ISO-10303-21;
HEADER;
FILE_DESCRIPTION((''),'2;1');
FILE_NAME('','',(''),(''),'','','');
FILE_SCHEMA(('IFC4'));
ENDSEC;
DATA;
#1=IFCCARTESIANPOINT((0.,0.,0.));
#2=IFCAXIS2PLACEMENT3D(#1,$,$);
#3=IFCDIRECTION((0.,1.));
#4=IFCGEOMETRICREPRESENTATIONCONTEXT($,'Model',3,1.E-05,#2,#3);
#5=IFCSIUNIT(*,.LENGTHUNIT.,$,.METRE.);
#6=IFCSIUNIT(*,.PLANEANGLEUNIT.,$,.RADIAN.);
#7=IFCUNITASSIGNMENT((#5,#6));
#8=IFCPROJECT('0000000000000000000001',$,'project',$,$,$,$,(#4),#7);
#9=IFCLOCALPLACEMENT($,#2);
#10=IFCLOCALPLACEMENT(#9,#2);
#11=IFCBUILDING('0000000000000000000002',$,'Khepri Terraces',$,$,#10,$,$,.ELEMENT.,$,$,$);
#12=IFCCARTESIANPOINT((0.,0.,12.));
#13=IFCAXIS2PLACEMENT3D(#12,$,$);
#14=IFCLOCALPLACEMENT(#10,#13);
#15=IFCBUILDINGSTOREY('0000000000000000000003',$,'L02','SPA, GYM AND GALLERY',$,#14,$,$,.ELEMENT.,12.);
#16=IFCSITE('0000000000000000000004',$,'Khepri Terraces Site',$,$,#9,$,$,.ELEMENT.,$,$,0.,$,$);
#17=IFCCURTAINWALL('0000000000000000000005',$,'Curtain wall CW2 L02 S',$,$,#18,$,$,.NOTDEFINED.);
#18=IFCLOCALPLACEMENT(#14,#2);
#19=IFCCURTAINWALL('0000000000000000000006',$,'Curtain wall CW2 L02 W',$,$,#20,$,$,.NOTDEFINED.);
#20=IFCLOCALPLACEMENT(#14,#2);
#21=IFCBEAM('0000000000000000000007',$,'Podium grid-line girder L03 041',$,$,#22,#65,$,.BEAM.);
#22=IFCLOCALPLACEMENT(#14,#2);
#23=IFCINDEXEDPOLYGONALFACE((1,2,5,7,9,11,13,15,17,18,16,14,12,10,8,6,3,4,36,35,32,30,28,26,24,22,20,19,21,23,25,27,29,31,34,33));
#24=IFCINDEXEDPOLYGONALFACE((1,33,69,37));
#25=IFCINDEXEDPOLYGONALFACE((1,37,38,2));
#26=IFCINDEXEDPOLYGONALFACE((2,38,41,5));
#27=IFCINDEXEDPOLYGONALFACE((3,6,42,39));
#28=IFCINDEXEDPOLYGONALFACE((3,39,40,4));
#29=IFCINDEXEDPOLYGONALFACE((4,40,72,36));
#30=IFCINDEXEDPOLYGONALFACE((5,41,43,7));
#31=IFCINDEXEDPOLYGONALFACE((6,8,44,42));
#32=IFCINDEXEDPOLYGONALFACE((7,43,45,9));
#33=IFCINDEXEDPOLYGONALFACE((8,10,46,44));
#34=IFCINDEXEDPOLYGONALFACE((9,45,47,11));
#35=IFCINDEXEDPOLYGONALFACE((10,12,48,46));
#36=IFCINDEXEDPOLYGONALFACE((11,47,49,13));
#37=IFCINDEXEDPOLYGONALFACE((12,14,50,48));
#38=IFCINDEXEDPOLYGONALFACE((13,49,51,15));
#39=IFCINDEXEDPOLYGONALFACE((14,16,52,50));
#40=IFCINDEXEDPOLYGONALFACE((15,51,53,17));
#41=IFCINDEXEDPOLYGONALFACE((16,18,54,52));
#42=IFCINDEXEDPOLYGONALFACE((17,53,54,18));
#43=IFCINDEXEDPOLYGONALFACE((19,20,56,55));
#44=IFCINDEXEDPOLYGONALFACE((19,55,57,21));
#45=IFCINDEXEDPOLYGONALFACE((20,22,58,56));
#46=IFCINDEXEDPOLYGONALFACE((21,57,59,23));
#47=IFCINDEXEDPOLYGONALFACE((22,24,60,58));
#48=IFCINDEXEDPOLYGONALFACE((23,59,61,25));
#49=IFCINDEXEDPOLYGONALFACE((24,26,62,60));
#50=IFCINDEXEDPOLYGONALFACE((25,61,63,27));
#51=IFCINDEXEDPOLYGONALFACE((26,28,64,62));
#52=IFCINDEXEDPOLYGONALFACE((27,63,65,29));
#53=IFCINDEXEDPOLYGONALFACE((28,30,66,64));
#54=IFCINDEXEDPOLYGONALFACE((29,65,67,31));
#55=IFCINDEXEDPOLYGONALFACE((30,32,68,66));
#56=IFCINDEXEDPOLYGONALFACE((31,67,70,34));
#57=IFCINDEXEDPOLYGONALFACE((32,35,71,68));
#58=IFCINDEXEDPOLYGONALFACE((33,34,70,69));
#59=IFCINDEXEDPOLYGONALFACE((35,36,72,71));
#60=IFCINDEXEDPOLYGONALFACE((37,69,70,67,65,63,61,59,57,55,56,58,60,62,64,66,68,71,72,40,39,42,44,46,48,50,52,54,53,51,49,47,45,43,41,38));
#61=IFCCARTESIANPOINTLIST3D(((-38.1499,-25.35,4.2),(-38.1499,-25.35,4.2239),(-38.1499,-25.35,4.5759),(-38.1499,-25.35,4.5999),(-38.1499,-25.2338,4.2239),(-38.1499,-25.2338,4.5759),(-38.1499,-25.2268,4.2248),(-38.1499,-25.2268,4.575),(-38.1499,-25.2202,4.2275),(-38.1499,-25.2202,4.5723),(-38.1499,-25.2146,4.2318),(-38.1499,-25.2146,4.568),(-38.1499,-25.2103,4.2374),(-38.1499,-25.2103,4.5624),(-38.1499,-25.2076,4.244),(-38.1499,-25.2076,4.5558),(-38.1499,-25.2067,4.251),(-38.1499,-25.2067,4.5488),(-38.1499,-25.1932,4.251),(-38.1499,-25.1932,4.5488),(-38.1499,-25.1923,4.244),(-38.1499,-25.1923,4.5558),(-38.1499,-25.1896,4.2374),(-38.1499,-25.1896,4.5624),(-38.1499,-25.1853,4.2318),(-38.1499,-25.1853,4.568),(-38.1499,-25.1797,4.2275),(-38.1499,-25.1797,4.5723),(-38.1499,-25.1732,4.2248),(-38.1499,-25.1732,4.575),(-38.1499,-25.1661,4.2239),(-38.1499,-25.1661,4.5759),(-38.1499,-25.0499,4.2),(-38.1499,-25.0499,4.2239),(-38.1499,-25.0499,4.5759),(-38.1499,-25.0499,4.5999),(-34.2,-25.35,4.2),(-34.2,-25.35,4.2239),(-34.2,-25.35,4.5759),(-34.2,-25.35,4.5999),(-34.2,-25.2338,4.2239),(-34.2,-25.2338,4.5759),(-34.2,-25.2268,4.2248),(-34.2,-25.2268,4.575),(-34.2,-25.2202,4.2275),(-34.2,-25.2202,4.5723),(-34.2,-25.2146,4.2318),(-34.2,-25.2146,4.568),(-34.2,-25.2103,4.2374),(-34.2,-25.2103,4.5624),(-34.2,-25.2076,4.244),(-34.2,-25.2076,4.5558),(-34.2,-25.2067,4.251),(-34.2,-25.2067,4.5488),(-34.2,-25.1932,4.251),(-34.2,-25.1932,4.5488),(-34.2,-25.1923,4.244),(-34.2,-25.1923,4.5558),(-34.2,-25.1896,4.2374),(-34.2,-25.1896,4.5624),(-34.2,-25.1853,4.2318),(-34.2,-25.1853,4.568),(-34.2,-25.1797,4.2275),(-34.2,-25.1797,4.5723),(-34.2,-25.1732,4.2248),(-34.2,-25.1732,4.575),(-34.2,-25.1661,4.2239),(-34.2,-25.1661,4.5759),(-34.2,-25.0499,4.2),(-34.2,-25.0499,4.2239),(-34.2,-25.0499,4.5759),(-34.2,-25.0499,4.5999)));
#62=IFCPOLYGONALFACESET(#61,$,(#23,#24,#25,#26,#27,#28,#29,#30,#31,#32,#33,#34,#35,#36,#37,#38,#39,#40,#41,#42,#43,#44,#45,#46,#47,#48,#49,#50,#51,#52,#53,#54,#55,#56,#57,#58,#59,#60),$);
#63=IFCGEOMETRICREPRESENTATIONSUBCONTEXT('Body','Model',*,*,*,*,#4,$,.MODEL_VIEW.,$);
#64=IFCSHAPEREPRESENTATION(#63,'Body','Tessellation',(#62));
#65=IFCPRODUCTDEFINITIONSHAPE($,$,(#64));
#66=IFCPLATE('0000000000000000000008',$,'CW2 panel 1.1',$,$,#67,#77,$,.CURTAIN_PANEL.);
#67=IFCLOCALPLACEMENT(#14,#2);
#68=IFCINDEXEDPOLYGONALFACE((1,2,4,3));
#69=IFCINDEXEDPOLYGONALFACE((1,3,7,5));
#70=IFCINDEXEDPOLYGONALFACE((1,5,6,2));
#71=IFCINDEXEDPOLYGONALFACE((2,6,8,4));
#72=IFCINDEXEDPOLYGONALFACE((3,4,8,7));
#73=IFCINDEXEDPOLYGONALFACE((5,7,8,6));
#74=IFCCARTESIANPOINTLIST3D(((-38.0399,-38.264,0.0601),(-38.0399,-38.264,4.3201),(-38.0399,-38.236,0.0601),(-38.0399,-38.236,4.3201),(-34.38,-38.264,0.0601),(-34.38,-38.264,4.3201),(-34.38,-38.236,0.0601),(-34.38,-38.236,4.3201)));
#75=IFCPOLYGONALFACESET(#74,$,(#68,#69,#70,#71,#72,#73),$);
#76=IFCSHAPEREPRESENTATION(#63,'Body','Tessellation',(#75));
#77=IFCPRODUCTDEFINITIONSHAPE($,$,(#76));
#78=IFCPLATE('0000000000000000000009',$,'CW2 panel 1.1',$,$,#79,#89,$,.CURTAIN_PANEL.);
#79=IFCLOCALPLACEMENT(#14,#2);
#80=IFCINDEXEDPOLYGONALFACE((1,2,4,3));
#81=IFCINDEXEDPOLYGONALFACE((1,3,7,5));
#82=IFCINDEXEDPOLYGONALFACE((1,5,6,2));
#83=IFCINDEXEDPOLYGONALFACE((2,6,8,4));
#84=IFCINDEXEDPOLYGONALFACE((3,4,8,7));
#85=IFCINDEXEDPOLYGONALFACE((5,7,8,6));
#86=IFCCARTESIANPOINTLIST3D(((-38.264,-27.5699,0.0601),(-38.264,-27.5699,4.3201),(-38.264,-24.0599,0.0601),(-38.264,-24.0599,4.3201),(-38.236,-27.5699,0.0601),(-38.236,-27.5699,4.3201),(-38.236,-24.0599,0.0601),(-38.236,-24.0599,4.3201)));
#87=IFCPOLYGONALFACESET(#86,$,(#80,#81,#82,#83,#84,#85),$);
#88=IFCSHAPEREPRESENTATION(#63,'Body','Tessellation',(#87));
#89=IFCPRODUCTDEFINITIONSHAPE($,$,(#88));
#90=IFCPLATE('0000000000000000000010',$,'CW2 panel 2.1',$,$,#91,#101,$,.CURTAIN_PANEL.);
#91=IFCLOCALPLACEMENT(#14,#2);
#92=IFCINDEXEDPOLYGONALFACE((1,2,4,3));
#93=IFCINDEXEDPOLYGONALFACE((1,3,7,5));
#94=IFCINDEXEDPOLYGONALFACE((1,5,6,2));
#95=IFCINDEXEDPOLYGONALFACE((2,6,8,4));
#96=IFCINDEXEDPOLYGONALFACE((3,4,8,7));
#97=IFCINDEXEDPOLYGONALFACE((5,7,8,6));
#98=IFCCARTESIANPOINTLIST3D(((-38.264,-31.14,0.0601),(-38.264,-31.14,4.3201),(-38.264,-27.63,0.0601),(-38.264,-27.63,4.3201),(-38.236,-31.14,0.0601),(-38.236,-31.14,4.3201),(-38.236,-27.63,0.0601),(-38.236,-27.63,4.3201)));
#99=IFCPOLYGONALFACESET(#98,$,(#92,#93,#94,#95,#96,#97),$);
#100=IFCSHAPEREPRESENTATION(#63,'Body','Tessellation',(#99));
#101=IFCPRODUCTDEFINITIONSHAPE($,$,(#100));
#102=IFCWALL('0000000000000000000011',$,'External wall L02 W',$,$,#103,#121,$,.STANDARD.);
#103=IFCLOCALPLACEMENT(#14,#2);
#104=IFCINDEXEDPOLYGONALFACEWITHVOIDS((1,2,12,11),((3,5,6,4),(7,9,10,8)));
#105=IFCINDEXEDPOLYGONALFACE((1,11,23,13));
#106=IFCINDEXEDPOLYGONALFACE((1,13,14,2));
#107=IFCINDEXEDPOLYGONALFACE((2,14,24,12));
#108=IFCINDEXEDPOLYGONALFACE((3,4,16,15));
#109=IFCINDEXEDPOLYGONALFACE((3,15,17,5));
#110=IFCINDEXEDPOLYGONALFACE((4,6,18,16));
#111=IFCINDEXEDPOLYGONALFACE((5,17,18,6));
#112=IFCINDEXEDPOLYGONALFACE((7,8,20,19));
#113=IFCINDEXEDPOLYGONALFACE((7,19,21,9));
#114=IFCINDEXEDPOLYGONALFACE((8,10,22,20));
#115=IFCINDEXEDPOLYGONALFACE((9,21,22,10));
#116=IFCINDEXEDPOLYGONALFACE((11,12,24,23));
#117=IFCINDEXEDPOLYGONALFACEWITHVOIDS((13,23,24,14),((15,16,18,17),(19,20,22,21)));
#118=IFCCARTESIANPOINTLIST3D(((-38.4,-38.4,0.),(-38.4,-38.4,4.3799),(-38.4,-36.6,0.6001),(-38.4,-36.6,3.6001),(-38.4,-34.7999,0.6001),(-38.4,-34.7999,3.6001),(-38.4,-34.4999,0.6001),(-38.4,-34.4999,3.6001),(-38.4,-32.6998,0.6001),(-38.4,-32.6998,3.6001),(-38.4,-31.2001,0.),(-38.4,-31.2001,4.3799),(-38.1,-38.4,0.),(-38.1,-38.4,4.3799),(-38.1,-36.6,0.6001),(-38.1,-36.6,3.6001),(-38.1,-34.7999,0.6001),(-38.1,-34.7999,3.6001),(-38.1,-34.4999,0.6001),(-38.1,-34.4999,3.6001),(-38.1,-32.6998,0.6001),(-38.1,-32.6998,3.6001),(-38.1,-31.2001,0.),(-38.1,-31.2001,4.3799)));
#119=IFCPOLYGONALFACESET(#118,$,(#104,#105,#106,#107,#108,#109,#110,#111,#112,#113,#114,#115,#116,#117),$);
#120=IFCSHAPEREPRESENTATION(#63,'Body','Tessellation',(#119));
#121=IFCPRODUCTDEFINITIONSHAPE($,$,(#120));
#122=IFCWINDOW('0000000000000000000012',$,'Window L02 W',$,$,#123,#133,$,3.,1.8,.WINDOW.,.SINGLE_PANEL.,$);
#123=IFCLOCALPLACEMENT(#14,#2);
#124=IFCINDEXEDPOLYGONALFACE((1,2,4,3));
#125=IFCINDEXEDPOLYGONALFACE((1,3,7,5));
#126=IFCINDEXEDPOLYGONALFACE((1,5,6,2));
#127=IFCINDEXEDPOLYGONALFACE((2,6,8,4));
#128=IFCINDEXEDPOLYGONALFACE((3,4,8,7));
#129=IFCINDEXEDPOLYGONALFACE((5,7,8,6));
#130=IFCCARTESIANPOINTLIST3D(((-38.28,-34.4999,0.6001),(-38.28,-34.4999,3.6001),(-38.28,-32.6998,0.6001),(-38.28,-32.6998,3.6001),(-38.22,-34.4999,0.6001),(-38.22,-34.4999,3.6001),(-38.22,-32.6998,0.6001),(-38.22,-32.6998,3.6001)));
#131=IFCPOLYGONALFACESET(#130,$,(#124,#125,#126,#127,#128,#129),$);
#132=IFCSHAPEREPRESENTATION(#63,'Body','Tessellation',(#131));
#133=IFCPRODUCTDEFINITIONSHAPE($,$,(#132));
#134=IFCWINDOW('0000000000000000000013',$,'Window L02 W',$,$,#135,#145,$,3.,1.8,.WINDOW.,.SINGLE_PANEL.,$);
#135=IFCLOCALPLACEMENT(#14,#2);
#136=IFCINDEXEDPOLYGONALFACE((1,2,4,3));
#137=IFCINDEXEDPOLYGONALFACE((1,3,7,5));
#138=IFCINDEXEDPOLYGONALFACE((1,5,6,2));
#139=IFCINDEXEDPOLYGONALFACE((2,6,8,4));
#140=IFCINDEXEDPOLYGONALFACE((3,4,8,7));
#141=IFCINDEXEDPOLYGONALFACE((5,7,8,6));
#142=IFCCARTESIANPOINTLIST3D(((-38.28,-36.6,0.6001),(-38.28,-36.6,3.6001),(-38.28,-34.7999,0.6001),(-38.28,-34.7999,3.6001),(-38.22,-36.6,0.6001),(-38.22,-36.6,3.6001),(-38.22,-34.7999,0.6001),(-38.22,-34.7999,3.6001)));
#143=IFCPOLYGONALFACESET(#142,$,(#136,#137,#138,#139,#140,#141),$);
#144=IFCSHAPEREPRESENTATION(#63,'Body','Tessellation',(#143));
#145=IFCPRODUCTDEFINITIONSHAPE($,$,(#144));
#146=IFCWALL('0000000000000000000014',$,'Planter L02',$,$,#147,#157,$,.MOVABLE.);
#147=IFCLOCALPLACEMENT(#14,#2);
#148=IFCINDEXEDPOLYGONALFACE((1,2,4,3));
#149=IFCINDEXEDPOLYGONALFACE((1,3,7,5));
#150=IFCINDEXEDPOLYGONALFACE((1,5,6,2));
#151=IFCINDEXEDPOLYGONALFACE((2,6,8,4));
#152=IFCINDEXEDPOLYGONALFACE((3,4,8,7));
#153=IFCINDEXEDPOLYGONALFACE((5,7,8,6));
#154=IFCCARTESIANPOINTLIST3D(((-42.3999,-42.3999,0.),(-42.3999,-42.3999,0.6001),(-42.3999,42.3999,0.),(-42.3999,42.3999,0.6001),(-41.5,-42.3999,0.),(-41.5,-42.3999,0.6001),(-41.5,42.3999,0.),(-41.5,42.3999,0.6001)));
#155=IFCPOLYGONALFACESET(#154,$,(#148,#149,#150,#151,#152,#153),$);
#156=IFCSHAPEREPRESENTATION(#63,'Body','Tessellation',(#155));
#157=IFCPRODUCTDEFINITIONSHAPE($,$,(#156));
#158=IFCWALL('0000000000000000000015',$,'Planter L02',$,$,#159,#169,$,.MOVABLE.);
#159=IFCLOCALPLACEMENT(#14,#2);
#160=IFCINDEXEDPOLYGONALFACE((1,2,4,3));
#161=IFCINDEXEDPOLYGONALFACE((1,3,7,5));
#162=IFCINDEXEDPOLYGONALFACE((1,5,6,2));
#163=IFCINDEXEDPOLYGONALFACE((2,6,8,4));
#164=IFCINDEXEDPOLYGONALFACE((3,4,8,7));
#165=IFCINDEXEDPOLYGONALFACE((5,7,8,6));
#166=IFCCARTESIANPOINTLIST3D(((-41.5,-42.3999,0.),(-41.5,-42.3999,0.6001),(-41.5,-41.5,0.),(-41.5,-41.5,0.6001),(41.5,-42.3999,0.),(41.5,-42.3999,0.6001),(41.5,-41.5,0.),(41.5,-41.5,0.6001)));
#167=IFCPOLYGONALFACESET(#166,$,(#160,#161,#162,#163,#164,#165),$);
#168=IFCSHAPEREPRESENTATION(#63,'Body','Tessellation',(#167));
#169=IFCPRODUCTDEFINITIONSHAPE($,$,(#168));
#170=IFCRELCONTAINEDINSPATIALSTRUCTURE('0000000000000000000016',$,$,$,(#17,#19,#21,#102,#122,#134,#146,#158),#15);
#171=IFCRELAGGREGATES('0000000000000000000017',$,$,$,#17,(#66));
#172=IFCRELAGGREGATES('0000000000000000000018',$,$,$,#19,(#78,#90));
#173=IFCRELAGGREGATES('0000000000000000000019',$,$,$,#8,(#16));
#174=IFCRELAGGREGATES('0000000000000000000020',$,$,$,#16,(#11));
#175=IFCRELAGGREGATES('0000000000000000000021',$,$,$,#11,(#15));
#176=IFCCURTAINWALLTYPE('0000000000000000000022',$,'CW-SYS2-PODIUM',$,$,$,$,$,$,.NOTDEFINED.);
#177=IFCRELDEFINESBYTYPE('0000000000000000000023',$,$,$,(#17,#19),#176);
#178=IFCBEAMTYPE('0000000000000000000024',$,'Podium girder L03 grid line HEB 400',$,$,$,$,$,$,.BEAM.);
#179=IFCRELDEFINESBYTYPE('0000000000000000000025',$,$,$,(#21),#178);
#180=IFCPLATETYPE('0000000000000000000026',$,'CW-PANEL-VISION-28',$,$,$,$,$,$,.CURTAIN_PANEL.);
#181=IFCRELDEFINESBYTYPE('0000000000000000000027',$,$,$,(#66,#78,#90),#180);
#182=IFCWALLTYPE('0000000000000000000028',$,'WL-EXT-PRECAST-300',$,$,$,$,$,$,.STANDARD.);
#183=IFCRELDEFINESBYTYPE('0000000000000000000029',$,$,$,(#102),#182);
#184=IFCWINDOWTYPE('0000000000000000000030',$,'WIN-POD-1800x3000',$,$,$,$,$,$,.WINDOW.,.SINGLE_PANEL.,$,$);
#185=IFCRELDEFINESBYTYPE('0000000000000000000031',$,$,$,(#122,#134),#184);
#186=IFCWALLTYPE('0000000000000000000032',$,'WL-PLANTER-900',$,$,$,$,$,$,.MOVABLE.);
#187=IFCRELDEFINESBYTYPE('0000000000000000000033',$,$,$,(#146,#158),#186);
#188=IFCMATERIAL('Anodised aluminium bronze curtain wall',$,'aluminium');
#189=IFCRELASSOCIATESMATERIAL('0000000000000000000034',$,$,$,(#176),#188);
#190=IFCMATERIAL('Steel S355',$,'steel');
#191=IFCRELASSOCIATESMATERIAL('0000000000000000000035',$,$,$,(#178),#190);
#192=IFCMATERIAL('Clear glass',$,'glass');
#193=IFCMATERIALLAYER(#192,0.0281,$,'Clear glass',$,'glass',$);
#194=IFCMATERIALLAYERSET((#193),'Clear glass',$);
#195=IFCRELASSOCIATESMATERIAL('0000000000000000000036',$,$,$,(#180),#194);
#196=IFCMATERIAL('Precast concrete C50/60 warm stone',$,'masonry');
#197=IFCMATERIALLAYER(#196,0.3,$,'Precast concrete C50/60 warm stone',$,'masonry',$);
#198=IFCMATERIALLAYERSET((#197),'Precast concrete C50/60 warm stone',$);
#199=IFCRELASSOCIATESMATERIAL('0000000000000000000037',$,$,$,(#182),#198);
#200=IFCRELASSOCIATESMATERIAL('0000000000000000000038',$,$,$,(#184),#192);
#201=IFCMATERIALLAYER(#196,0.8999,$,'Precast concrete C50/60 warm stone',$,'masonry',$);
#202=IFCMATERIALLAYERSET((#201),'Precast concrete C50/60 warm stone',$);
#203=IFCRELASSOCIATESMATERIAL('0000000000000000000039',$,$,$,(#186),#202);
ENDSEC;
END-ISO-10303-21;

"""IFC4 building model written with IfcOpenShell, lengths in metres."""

from ifc_helpers import new_model, si_unit, direction, frame, frame_2d, origin, origin_2d, place, context, subcontext, project, spatial, rectangle, i_section, extrude, material, layer, layer_set, material_profile, profile_set, type_object, element, fill, aggregate, save


model = new_model("IFC4")

# Units and contexts
model_context = context("Model", 3, precision=1e-05, world=origin(), true_north=direction((0.0, 1.0)))
body_context = subcontext(model_context, "Body", "Model", "MODEL_VIEW")
ifc_project = project(units=[si_unit("LENGTHUNIT", "METRE"), si_unit("PLANEANGLEUNIT", "RADIAN")], contexts=[model_context])

# Site, building, storey
site_placement = place(None, origin())
site = spatial("IfcSite", under=ifc_project, at=site_placement, Name="Khepri Terraces Site", CompositionType="ELEMENT", RefElevation=0.0)
building_placement = place(site_placement, origin())
building = spatial("IfcBuilding", under=site, at=building_placement, Name="Khepri Terraces", CompositionType="ELEMENT")
storey_placement = place(building_placement, frame((0.0, 0.0, 12.0)))
storey = spatial("IfcBuildingStorey", under=building, at=storey_placement, Name="L02", Description="SPA, GYM AND GALLERY", CompositionType="ELEMENT", Elevation=12.0)

# Curtain walls
ifc_material_1 = material(Name="Anodised aluminium bronze curtain wall", Category="aluminium")
curtain_wall_type = type_object("IfcCurtainWallType", Name="CW-SYS2-PODIUM", PredefinedType="NOTDEFINED", material=ifc_material_1)
curtain_wall_1_placement = place(storey_placement, origin())
curtain_wall_1 = element("IfcCurtainWall", 1, at=curtain_wall_1_placement, inside=storey, type_object=curtain_wall_type, Name="Curtain wall CW2 L02 S", PredefinedType="NOTDEFINED")
curtain_wall_2_placement = place(storey_placement, origin())
curtain_wall_2 = element("IfcCurtainWall", 2, at=curtain_wall_2_placement, inside=storey, type_object=curtain_wall_type, Name="Curtain wall CW2 L02 W", PredefinedType="NOTDEFINED")

# Beam
ifc_material_2 = material(Name="Steel S355", Category="steel")
ifc_material_profile_1 = material_profile(ifc_material_2, i_section(OverallWidth=0.3, OverallDepth=0.3999, WebThickness=0.0134, FlangeThickness=0.0239, FilletRadius=0.0271, at=origin_2d()), Name="Steel S355", Category="steel")
ifc_profile_set_1 = profile_set([ifc_material_profile_1], Name="Steel S355")
beam_type_1 = type_object("IfcBeamType", Name="Podium girder L03 grid line HEB 400", PredefinedType="BEAM", material=ifc_profile_set_1)
for number, where, z_axis, x_axis, name in (
    (3, (-38.1499, -25.2, 4.3999), (1.0, 0.0, 0.0), (0.0, 1.0, 0.0), "Podium grid-line girder L03 041"),
):
    element("IfcBeam", number, at=place(storey_placement, frame(where, z_axis=z_axis, x_axis=x_axis)), inside=storey, type_object=beam_type_1, Name=name, PredefinedType="BEAM", context=body_context, shape_type="SweptSolid", body=[
        extrude(i_section(OverallWidth=0.3, OverallDepth=0.3999, WebThickness=0.0134, FlangeThickness=0.0239, FilletRadius=0.0271, at=origin_2d()), origin(), (0.0, 0.0, 1.0), 3.95),
    ])

# Plates
ifc_material_3 = material(Name="Clear glass", Category="glass")
ifc_layer_1 = layer(ifc_material_3, 0.0281, Name="Clear glass", Category="glass")
ifc_layer_set_1 = layer_set([ifc_layer_1], Name="Clear glass")
plate_type = type_object("IfcPlateType", Name="CW-PANEL-VISION-28", PredefinedType="CURTAIN_PANEL", material=ifc_layer_set_1)
plate_1_placement = place(storey_placement, frame((-36.21, -38.25, 0.0601), z_axis=(0.0, 0.0, 1.0), x_axis=(1.0, 0.0, 0.0)))
plate_1 = element("IfcPlate", 4, at=plate_1_placement, type_object=plate_type, Name="CW2 panel 1.1", PredefinedType="CURTAIN_PANEL", context=body_context, shape_type="SweptSolid", body=[
    extrude(rectangle(XDim=3.6599, YDim=0.0281, at=origin_2d()), origin(), (0.0, 0.0, 1.0), 4.26),
])
aggregate(curtain_wall_1, [plate_1])
plate_2_placement = place(storey_placement, frame((-38.25, -25.8149, 0.0601), z_axis=(0.0, 0.0, 1.0), x_axis=(0.0, -1.0, 0.0)))
plate_2 = element("IfcPlate", 5, at=plate_2_placement, type_object=plate_type, Name="CW2 panel 1.1", PredefinedType="CURTAIN_PANEL", context=body_context, shape_type="SweptSolid", body=[
    extrude(rectangle(XDim=3.51, YDim=0.0281, at=origin_2d()), origin(), (0.0, 0.0, 1.0), 4.26),
])
plate_3_placement = place(storey_placement, frame((-38.25, -29.385, 0.0601), z_axis=(0.0, 0.0, 1.0), x_axis=(0.0, -1.0, 0.0)))
plate_3 = element("IfcPlate", 6, at=plate_3_placement, type_object=plate_type, Name="CW2 panel 2.1", PredefinedType="CURTAIN_PANEL", context=body_context, shape_type="SweptSolid", body=[
    extrude(rectangle(XDim=3.51, YDim=0.0281, at=origin_2d()), origin(), (0.0, 0.0, 1.0), 4.26),
])
aggregate(curtain_wall_2, [plate_2, plate_3])

# Wall, openings, windows
ifc_material_4 = material(Name="Precast concrete C50/60 warm stone", Category="masonry")
ifc_layer_2 = layer(ifc_material_4, 0.3, Name="Precast concrete C50/60 warm stone", Category="masonry")
ifc_layer_set_2 = layer_set([ifc_layer_2], Name="Precast concrete C50/60 warm stone")
wall_type_1 = type_object("IfcWallType", Name="WL-EXT-PRECAST-300", PredefinedType="STANDARD", material=ifc_layer_set_2)
wall_1_placement = place(storey_placement, frame((-38.25, -31.2, 0.0), z_axis=(0.0, 0.0, 1.0), x_axis=(0.0, -1.0, 0.0)))
wall_1 = element("IfcWall", 7, at=wall_1_placement, inside=storey, type_object=wall_type_1, Name="External wall L02 W", PredefinedType="STANDARD", context=body_context, shape_type="SweptSolid", body=[
    extrude(rectangle(XDim=7.2, YDim=0.3, at=frame_2d((3.6001, 0.0))), origin(), (0.0, 0.0, 1.0), 4.3799),
])
opening_1_placement = place(wall_1_placement, frame((1.5, 0.0, 0.6001)))
opening_1 = element("IfcOpeningElement", 8, at=opening_1_placement, cuts=wall_1, PredefinedType="OPENING", context=body_context, shape_type="SweptSolid", body=[
    extrude(rectangle(XDim=1.8, YDim=3.0, at=frame_2d((0.8999, 1.5))), frame((0.0, 0.1602, 0.0), z_axis=(0.0, -1.0, 0.0), x_axis=(1.0, 0.0, 0.0)), (0.0, 0.0, 1.0), 0.3201),
])
opening_2_placement = place(wall_1_placement, frame((3.6001, 0.0, 0.6001)))
opening_2 = element("IfcOpeningElement", 9, at=opening_2_placement, cuts=wall_1, PredefinedType="OPENING", context=body_context, shape_type="SweptSolid", body=[
    extrude(rectangle(XDim=1.8, YDim=3.0, at=frame_2d((0.8999, 1.5))), frame((0.0, 0.1602, 0.0), z_axis=(0.0, -1.0, 0.0), x_axis=(1.0, 0.0, 0.0)), (0.0, 0.0, 1.0), 0.3201),
])
window_type = type_object("IfcWindowType", Name="WIN-POD-1800x3000", PartitioningType="SINGLE_PANEL", PredefinedType="WINDOW", material=ifc_material_3)
window_1_placement = place(opening_1_placement, origin())
window_1 = element("IfcWindow", 10, at=window_1_placement, inside=storey, type_object=window_type, Name="Window L02 W", OverallHeight=3.0, OverallWidth=1.8, PartitioningType="SINGLE_PANEL", PredefinedType="WINDOW", context=body_context, shape_type="SweptSolid", body=[
    extrude(rectangle(XDim=1.8, YDim=3.0, at=frame_2d((0.8999, 1.5))), frame((0.0, 0.03, 0.0), z_axis=(0.0, -1.0, 0.0), x_axis=(1.0, 0.0, 0.0)), (0.0, 0.0, 1.0), 0.0601),
])
fill(opening_1, window_1)
window_2_placement = place(opening_2_placement, origin())
window_2 = element("IfcWindow", 11, at=window_2_placement, inside=storey, type_object=window_type, Name="Window L02 W", OverallHeight=3.0, OverallWidth=1.8, PartitioningType="SINGLE_PANEL", PredefinedType="WINDOW", context=body_context, shape_type="SweptSolid", body=[
    extrude(rectangle(XDim=1.8, YDim=3.0, at=frame_2d((0.8999, 1.5))), frame((0.0, 0.03, 0.0), z_axis=(0.0, -1.0, 0.0), x_axis=(1.0, 0.0, 0.0)), (0.0, 0.0, 1.0), 0.0601),
])
fill(opening_2, window_2)

# Walls
ifc_layer_3 = layer(ifc_material_4, 0.8999, Name="Precast concrete C50/60 warm stone", Category="masonry")
ifc_layer_set_3 = layer_set([ifc_layer_3], Name="Precast concrete C50/60 warm stone")
wall_type_2 = type_object("IfcWallType", Name="WL-PLANTER-900", PredefinedType="MOVABLE", material=ifc_layer_set_3)
wall_2_placement = place(storey_placement, frame((-41.95, -42.3999, 0.0), z_axis=(0.0, 0.0, 1.0), x_axis=(0.0, 1.0, 0.0)))
element("IfcWall", 12, at=wall_2_placement, inside=storey, type_object=wall_type_2, Name="Planter L02", PredefinedType="MOVABLE", context=body_context, shape_type="SweptSolid", body=[
    extrude(rectangle(XDim=84.7998, YDim=0.8999, at=frame_2d((42.3999, 0.0))), origin(), (0.0, 0.0, 1.0), 0.6001),
])
wall_3_placement = place(storey_placement, frame((-41.5, -41.95, 0.0), z_axis=(0.0, 0.0, 1.0), x_axis=(1.0, 0.0, 0.0)))
element("IfcWall", 13, at=wall_3_placement, inside=storey, type_object=wall_type_2, Name="Planter L02", PredefinedType="MOVABLE", context=body_context, shape_type="SweptSolid", body=[
    extrude(rectangle(XDim=83.0, YDim=0.8999, at=frame_2d((41.5, 0.0))), origin(), (0.0, 0.0, 1.0), 0.6001),
])

save(model, "model.ifc")
